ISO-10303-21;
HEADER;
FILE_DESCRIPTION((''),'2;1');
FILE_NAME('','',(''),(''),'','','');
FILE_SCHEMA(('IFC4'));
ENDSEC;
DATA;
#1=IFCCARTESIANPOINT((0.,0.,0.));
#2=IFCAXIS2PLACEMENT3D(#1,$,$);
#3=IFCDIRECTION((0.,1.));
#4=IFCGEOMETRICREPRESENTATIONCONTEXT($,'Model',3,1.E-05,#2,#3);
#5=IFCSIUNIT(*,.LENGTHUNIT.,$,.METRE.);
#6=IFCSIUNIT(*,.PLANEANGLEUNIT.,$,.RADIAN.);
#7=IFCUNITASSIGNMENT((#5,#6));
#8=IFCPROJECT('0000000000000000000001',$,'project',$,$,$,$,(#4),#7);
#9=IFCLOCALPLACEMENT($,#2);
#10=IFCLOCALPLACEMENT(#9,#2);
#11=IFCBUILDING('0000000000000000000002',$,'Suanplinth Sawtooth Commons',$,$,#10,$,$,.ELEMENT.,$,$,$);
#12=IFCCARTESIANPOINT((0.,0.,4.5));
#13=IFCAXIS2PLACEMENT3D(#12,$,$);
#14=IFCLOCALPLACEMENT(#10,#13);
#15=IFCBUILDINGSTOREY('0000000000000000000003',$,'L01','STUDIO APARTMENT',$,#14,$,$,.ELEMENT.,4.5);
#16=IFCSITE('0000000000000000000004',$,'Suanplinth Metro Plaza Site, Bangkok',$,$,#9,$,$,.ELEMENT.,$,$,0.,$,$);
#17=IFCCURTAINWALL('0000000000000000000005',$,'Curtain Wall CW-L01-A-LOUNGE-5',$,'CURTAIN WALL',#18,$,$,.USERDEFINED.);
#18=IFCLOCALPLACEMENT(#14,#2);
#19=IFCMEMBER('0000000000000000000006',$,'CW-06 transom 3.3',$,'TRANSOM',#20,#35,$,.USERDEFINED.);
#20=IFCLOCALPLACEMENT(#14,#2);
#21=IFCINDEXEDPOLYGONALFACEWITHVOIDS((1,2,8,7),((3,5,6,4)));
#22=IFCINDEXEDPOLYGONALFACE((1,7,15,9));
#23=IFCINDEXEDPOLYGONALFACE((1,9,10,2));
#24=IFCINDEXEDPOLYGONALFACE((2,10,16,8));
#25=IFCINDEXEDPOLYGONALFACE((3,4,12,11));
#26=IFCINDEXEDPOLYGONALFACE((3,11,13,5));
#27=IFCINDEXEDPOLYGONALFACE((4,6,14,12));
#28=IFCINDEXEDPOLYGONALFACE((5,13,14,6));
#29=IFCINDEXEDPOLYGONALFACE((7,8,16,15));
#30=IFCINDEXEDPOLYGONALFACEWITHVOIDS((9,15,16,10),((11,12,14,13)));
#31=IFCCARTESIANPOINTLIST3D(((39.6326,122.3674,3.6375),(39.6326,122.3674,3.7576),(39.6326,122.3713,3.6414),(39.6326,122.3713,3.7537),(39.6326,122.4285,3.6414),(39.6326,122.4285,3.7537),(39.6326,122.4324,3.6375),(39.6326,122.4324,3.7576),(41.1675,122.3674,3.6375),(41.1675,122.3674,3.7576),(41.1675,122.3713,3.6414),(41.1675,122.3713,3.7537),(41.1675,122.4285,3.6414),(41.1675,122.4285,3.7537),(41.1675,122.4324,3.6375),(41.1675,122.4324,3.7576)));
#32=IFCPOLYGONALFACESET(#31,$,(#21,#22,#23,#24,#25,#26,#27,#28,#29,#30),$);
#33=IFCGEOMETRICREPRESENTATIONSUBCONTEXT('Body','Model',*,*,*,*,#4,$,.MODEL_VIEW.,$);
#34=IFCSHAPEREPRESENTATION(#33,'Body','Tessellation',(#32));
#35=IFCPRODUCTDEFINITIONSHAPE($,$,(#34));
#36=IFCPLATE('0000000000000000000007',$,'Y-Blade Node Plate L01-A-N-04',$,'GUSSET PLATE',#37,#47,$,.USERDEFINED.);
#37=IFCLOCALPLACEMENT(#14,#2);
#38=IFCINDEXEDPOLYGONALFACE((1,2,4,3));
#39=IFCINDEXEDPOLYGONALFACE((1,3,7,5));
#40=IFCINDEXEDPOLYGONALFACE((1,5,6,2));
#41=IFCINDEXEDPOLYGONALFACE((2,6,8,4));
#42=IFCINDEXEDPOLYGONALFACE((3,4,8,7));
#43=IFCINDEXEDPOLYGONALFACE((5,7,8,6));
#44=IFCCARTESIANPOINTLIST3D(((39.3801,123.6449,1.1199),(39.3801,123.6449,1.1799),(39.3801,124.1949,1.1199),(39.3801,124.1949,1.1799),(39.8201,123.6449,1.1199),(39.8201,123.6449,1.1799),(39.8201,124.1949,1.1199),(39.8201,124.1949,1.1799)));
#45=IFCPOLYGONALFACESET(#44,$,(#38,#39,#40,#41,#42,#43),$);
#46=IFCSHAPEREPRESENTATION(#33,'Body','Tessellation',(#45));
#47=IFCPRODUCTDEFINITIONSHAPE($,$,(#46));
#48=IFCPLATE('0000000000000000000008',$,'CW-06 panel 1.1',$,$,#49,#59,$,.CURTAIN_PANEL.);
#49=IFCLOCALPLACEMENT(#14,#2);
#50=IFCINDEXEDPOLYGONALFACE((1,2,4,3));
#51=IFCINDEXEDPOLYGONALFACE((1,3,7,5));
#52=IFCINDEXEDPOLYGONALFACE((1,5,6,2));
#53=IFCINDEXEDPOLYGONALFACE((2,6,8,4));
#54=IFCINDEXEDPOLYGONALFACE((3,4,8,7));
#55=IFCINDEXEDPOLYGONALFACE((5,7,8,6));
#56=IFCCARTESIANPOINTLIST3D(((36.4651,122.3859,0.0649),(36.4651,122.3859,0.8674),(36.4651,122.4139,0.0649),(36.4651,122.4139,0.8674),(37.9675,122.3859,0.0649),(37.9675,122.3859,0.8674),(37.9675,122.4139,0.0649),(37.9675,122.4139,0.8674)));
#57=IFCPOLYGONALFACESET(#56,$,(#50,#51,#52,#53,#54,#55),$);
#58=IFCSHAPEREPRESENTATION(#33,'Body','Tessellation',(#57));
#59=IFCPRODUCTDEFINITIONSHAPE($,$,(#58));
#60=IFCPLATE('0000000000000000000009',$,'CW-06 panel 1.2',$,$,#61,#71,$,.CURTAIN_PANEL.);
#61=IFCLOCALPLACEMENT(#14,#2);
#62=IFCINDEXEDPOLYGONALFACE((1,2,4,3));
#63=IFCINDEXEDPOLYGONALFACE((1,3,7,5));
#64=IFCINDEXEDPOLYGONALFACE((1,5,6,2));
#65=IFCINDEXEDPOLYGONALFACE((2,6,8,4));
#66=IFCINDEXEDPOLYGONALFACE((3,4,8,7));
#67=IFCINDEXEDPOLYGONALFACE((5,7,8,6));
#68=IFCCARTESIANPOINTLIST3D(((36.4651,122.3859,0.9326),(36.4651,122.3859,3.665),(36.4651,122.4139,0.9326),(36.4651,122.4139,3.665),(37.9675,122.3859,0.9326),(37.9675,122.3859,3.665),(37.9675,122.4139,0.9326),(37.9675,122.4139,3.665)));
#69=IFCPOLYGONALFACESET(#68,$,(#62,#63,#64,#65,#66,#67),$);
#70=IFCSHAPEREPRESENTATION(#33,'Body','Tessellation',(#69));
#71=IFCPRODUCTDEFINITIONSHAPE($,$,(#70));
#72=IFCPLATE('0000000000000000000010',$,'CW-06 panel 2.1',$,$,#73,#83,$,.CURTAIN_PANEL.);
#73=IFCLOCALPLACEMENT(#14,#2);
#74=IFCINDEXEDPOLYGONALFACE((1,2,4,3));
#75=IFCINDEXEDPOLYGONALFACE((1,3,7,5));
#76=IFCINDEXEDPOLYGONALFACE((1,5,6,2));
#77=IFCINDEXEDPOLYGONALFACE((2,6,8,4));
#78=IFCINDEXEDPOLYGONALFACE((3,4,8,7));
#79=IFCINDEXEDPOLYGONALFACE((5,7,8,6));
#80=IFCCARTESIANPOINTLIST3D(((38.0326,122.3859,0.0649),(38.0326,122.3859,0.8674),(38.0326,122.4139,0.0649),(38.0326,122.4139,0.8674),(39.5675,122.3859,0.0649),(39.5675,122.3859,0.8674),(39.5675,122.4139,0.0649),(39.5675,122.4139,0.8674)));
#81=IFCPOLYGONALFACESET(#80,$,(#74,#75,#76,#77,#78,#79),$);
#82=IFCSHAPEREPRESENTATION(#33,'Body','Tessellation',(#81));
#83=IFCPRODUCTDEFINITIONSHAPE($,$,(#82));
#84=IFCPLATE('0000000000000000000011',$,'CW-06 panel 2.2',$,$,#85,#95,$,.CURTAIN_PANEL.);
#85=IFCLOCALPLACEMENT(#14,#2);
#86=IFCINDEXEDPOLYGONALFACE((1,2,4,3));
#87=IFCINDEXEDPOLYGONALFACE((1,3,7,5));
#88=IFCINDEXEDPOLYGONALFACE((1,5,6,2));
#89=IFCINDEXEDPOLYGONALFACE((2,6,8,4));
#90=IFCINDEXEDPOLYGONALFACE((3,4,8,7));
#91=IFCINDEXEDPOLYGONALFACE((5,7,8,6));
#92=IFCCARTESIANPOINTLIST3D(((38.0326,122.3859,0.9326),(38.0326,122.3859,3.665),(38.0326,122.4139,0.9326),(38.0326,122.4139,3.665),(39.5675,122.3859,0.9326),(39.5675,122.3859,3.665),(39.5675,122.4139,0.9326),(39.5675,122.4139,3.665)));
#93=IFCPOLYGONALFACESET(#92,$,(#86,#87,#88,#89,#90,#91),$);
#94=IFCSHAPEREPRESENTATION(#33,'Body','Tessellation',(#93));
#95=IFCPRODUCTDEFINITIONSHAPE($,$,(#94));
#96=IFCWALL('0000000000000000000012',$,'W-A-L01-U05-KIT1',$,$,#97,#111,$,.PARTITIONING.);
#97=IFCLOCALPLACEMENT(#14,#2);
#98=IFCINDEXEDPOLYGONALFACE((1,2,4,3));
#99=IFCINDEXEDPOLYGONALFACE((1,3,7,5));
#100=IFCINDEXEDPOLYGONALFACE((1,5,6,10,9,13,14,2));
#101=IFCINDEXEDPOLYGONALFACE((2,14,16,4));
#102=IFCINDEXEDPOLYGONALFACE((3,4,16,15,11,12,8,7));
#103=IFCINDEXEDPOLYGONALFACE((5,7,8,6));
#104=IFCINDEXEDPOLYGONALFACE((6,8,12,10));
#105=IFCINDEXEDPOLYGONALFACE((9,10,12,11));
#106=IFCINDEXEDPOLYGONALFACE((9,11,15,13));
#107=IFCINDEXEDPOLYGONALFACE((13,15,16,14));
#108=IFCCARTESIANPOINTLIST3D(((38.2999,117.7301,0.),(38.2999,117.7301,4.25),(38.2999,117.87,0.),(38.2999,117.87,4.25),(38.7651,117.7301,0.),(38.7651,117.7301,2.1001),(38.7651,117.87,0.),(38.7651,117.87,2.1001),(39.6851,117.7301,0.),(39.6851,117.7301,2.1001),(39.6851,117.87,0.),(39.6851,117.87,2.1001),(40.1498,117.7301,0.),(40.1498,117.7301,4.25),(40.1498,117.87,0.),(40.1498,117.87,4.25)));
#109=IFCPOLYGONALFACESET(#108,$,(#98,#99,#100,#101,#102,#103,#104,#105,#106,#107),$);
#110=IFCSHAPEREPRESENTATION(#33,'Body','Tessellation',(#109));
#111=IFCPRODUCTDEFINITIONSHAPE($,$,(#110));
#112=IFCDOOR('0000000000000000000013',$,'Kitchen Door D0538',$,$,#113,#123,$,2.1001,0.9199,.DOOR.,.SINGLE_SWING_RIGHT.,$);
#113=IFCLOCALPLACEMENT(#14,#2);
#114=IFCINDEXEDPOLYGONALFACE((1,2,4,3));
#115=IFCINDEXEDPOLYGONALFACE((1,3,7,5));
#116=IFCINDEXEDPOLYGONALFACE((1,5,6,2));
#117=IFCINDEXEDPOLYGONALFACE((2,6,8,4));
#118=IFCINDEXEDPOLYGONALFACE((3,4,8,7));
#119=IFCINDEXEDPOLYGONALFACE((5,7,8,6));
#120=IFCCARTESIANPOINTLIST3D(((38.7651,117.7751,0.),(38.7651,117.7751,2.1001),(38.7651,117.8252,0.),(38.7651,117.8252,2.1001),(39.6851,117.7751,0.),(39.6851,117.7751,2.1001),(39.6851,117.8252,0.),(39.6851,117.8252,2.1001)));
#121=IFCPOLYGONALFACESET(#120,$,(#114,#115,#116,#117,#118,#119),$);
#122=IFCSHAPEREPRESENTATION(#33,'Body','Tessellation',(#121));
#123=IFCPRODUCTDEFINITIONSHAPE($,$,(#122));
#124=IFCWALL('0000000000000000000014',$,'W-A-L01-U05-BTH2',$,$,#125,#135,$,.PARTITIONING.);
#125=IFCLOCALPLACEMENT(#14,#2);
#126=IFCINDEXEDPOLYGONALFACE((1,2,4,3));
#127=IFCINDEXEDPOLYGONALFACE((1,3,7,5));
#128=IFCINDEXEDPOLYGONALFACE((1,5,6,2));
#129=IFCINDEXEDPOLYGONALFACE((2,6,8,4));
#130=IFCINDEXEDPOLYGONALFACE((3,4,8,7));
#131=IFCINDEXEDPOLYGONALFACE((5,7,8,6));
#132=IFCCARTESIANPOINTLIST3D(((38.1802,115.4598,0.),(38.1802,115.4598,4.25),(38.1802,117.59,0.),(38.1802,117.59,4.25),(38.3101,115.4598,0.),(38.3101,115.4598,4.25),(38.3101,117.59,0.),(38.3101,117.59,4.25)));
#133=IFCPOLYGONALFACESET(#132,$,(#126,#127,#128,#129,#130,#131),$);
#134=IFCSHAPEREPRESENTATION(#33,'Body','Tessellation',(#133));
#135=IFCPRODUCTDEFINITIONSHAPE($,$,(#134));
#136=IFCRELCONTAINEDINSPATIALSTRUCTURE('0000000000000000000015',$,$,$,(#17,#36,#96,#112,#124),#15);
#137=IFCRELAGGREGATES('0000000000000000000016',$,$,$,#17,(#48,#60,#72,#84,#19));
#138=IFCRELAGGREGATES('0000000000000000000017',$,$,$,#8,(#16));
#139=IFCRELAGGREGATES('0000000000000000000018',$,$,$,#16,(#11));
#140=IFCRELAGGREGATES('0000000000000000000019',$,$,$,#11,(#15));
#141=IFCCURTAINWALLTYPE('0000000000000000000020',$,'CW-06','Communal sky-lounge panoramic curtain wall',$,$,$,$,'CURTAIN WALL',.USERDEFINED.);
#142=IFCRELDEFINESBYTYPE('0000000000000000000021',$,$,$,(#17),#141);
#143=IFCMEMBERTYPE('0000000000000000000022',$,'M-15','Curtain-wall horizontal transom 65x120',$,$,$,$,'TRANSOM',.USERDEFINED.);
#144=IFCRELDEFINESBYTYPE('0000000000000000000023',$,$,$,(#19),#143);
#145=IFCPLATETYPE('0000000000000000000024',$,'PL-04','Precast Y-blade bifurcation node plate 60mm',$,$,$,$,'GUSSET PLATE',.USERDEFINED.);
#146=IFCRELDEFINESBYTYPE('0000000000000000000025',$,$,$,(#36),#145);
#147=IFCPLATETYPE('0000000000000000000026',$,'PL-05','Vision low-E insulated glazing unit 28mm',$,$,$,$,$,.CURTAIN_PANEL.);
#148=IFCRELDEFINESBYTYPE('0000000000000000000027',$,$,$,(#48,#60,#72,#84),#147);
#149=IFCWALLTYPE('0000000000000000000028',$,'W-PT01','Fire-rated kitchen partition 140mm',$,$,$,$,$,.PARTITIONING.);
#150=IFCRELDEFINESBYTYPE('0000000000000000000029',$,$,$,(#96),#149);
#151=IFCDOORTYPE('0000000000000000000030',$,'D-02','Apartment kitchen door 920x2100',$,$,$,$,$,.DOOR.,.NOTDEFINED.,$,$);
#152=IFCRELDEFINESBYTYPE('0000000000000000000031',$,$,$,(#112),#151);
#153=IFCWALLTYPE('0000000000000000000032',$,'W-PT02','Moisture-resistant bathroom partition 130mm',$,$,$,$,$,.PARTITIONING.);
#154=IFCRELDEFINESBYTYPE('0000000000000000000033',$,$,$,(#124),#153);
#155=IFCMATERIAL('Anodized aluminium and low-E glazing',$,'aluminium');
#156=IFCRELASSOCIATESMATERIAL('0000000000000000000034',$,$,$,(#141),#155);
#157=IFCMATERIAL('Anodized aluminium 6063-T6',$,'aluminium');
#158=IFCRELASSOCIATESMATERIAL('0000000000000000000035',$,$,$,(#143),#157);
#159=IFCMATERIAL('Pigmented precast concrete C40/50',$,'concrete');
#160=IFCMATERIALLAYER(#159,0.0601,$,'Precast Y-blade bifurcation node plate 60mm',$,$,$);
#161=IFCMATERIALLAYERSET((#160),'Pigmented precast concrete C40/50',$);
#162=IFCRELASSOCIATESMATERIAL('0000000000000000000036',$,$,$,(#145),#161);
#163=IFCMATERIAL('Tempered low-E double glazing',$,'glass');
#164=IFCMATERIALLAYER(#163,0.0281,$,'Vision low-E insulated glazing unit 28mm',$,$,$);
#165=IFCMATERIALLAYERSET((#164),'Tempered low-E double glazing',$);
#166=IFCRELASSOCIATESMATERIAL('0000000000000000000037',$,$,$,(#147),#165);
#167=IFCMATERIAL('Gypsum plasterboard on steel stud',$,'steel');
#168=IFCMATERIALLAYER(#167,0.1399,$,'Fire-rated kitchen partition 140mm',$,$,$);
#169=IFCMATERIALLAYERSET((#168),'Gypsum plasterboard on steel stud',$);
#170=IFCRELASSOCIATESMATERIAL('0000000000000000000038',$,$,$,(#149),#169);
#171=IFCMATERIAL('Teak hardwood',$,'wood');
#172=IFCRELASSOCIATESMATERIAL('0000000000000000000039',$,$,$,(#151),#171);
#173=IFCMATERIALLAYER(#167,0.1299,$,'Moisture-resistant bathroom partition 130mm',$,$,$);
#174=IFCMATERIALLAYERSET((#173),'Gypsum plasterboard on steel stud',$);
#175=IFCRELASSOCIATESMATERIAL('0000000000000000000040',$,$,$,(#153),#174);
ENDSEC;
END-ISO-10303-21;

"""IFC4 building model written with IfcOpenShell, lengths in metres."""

from ifc_helpers import new_model, si_unit, direction, frame, frame_2d, origin, origin_2d, place, context, subcontext, project, spatial, rectangle, hollow_rectangle, extrude, material, layer, layer_set, material_profile, profile_set, type_object, element, fill, aggregate, save


model = new_model("IFC4")

# Units and contexts
model_context = context("Model", 3, precision=1e-05, world=origin(), true_north=direction((0.0, 1.0)))
body_context = subcontext(model_context, "Body", "Model", "MODEL_VIEW")
ifc_project = project(units=[si_unit("LENGTHUNIT", "METRE"), si_unit("PLANEANGLEUNIT", "RADIAN")], contexts=[model_context])

# Site, building, storey
site_placement = place(None, origin())
site = spatial("IfcSite", under=ifc_project, at=site_placement, Name="Suanplinth Metro Plaza Site, Bangkok", CompositionType="ELEMENT", RefElevation=0.0)
building_placement = place(site_placement, origin())
building = spatial("IfcBuilding", under=site, at=building_placement, Name="Suanplinth Sawtooth Commons", CompositionType="ELEMENT")
storey_placement = place(building_placement, frame((0.0, 0.0, 4.5)))
storey = spatial("IfcBuildingStorey", under=building, at=storey_placement, Name="L01", Description="STUDIO APARTMENT", CompositionType="ELEMENT", Elevation=4.5)

# Shared definitions
ifc_material_1 = material(Name="Pigmented precast concrete C40/50", Category="concrete")

# Curtain wall, member
ifc_material_2 = material(Name="Anodized aluminium and low-E glazing", Category="aluminium")
curtain_wall_type = type_object("IfcCurtainWallType", Name="CW-06", Description="Communal sky-lounge panoramic curtain wall", ElementType="CURTAIN WALL", PredefinedType="USERDEFINED", material=ifc_material_2)
curtain_wall_placement = place(storey_placement, origin())
curtain_wall = element("IfcCurtainWall", 1, at=curtain_wall_placement, inside=storey, type_object=curtain_wall_type, Name="Curtain Wall CW-L01-A-LOUNGE-5", ObjectType="CURTAIN WALL", PredefinedType="USERDEFINED")
ifc_material_3 = material(Name="Anodized aluminium 6063-T6", Category="aluminium")
ifc_material_profile_1 = material_profile(ifc_material_3, hollow_rectangle(XDim=0.0649, YDim=0.1201, WallThickness=0.0039, at=origin_2d()), Name="ALU-TRN 65x120")
ifc_profile_set_1 = profile_set([ifc_material_profile_1], Name="Anodized aluminium 6063-T6")
member_type_1 = type_object("IfcMemberType", Name="M-15", Description="Curtain-wall horizontal transom 65x120", ElementType="TRANSOM", PredefinedType="USERDEFINED", material=ifc_profile_set_1)
member_1_placement = place(storey_placement, frame((39.6326, 122.3999, 3.6975), z_axis=(1.0, 0.0, 0.0), x_axis=(0.0, 1.0, 0.0)))
member_1 = element("IfcMember", 2, at=member_1_placement, type_object=member_type_1, Name="CW-06 transom 3.3", ObjectType="TRANSOM", PredefinedType="USERDEFINED", context=body_context, shape_type="SweptSolid", body=[
    extrude(hollow_rectangle(XDim=0.0649, YDim=0.1201, WallThickness=0.0039, at=origin_2d()), origin(), (0.0, 0.0, 1.0), 1.5349),
])

# Plates
ifc_layer_1 = layer(ifc_material_1, 0.0601, Name="Precast Y-blade bifurcation node plate 60mm")
ifc_layer_set_1 = layer_set([ifc_layer_1], Name="Pigmented precast concrete C40/50")
plate_type_1 = type_object("IfcPlateType", Name="PL-04", Description="Precast Y-blade bifurcation node plate 60mm", ElementType="GUSSET PLATE", PredefinedType="USERDEFINED", material=ifc_layer_set_1)
plate_1_placement = place(storey_placement, frame((39.6001, 123.9199, 1.1199), z_axis=(0.0, 0.0, 1.0), x_axis=(1.0, 0.0, 0.0)))
element("IfcPlate", 3, at=plate_1_placement, inside=storey, type_object=plate_type_1, Name="Y-Blade Node Plate L01-A-N-04", ObjectType="GUSSET PLATE", PredefinedType="USERDEFINED", context=body_context, shape_type="SweptSolid", body=[
    extrude(rectangle(XDim=0.4399, YDim=0.55, at=origin_2d()), origin(), (0.0, 0.0, 1.0), 0.0601),
])
ifc_material_4 = material(Name="Tempered low-E double glazing", Category="glass")
ifc_layer_2 = layer(ifc_material_4, 0.0281, Name="Vision low-E insulated glazing unit 28mm")
ifc_layer_set_2 = layer_set([ifc_layer_2], Name="Tempered low-E double glazing")
plate_type_2 = type_object("IfcPlateType", Name="PL-05", Description="Vision low-E insulated glazing unit 28mm", PredefinedType="CURTAIN_PANEL", material=ifc_layer_set_2)
plate_2_placement = place(storey_placement, frame((37.2163, 122.3999, 0.0649), z_axis=(0.0, 0.0, 1.0), x_axis=(1.0, 0.0, 0.0)))
plate_2 = element("IfcPlate", 4, at=plate_2_placement, type_object=plate_type_2, Name="CW-06 panel 1.1", PredefinedType="CURTAIN_PANEL", context=body_context, shape_type="SweptSolid", body=[
    extrude(rectangle(XDim=1.5024, YDim=0.0281, at=origin_2d()), origin(), (0.0, 0.0, 1.0), 0.8025),
])
plate_3_placement = place(storey_placement, frame((37.2163, 122.3999, 0.9326), z_axis=(0.0, 0.0, 1.0), x_axis=(1.0, 0.0, 0.0)))
plate_3 = element("IfcPlate", 5, at=plate_3_placement, type_object=plate_type_2, Name="CW-06 panel 1.2", PredefinedType="CURTAIN_PANEL", context=body_context, shape_type="SweptSolid", body=[
    extrude(rectangle(XDim=1.5024, YDim=0.0281, at=origin_2d()), origin(), (0.0, 0.0, 1.0), 2.7324),
])
plate_4_placement = place(storey_placement, frame((38.8, 122.3999, 0.0649), z_axis=(0.0, 0.0, 1.0), x_axis=(1.0, 0.0, 0.0)))
plate_4 = element("IfcPlate", 6, at=plate_4_placement, type_object=plate_type_2, Name="CW-06 panel 2.1", PredefinedType="CURTAIN_PANEL", context=body_context, shape_type="SweptSolid", body=[
    extrude(rectangle(XDim=1.5349, YDim=0.0281, at=origin_2d()), origin(), (0.0, 0.0, 1.0), 0.8025),
])
plate_5_placement = place(storey_placement, frame((38.8, 122.3999, 0.9326), z_axis=(0.0, 0.0, 1.0), x_axis=(1.0, 0.0, 0.0)))
plate_5 = element("IfcPlate", 7, at=plate_5_placement, type_object=plate_type_2, Name="CW-06 panel 2.2", PredefinedType="CURTAIN_PANEL", context=body_context, shape_type="SweptSolid", body=[
    extrude(rectangle(XDim=1.5349, YDim=0.0281, at=origin_2d()), origin(), (0.0, 0.0, 1.0), 2.7324),
])
aggregate(curtain_wall, [plate_2, plate_3, plate_4, plate_5, member_1])

# Wall, opening, door
ifc_material_5 = material(Name="Gypsum plasterboard on steel stud", Category="steel")
ifc_layer_3 = layer(ifc_material_5, 0.1399, Name="Fire-rated kitchen partition 140mm")
ifc_layer_set_3 = layer_set([ifc_layer_3], Name="Gypsum plasterboard on steel stud")
wall_type_1 = type_object("IfcWallType", Name="W-PT01", Description="Fire-rated kitchen partition 140mm", PredefinedType="PARTITIONING", material=ifc_layer_set_3)
wall_1_placement = place(storey_placement, frame((38.3, 117.8, 0.0), z_axis=(0.0, 0.0, 1.0), x_axis=(1.0, 0.0, 0.0)))
wall_1 = element("IfcWall", 8, at=wall_1_placement, inside=storey, type_object=wall_type_1, Name="W-A-L01-U05-KIT1", PredefinedType="PARTITIONING", context=body_context, shape_type="SweptSolid", body=[
    extrude(rectangle(XDim=1.8499, YDim=0.1399, at=frame_2d((0.9248, 0.0))), origin(), (0.0, 0.0, 1.0), 4.25),
])
opening_placement = place(wall_1_placement, frame((0.4651, 0.0, 0.0)))
opening = element("IfcOpeningElement", 9, at=opening_placement, cuts=wall_1, PredefinedType="OPENING", context=body_context, shape_type="SweptSolid", body=[
    extrude(rectangle(XDim=0.9199, YDim=2.1001, at=frame_2d((0.46, 1.05))), frame((0.0, 0.085, 0.0), z_axis=(0.0, -1.0, 0.0), x_axis=(1.0, 0.0, 0.0)), (0.0, 0.0, 1.0), 0.1697),
])
ifc_material_6 = material(Name="Teak hardwood", Category="wood")
door_type = type_object("IfcDoorType", Name="D-02", Description="Apartment kitchen door 920x2100", OperationType="NOTDEFINED", PredefinedType="DOOR", material=ifc_material_6)
door_placement = place(opening_placement, frame((0.9199, 0.0, 0.0), z_axis=(0.0, 0.0, 1.0), x_axis=(-1.0, 0.0, 0.0)))
door = element("IfcDoor", 10, at=door_placement, inside=storey, type_object=door_type, Name="Kitchen Door D0538", OperationType="SINGLE_SWING_RIGHT", OverallHeight=2.1001, OverallWidth=0.9199, PredefinedType="DOOR", context=body_context, shape_type="SweptSolid", body=[
    extrude(rectangle(XDim=0.9199, YDim=2.1001, at=frame_2d((0.46, 1.05))), frame((0.0, 0.0249, 0.0), z_axis=(0.0, -1.0, 0.0), x_axis=(1.0, 0.0, 0.0)), (0.0, 0.0, 1.0), 0.05),
])
fill(opening, door)

# Wall
ifc_layer_4 = layer(ifc_material_5, 0.1299, Name="Moisture-resistant bathroom partition 130mm")
ifc_layer_set_4 = layer_set([ifc_layer_4], Name="Gypsum plasterboard on steel stud")
wall_type_2 = type_object("IfcWallType", Name="W-PT02", Description="Moisture-resistant bathroom partition 130mm", PredefinedType="PARTITIONING", material=ifc_layer_set_4)
wall_2_placement = place(storey_placement, frame((38.2451, 115.46, 0.0), z_axis=(0.0, 0.0, 1.0), x_axis=(0.0, 1.0, 0.0)))
element("IfcWall", 11, at=wall_2_placement, inside=storey, type_object=wall_type_2, Name="W-A-L01-U05-BTH2", PredefinedType="PARTITIONING", context=body_context, shape_type="SweptSolid", body=[
    extrude(rectangle(XDim=2.1301, YDim=0.1299, at=frame_2d((1.0649, 0.0))), origin(), (0.0, 0.0, 1.0), 4.25),
])

save(model, "model.ifc")
